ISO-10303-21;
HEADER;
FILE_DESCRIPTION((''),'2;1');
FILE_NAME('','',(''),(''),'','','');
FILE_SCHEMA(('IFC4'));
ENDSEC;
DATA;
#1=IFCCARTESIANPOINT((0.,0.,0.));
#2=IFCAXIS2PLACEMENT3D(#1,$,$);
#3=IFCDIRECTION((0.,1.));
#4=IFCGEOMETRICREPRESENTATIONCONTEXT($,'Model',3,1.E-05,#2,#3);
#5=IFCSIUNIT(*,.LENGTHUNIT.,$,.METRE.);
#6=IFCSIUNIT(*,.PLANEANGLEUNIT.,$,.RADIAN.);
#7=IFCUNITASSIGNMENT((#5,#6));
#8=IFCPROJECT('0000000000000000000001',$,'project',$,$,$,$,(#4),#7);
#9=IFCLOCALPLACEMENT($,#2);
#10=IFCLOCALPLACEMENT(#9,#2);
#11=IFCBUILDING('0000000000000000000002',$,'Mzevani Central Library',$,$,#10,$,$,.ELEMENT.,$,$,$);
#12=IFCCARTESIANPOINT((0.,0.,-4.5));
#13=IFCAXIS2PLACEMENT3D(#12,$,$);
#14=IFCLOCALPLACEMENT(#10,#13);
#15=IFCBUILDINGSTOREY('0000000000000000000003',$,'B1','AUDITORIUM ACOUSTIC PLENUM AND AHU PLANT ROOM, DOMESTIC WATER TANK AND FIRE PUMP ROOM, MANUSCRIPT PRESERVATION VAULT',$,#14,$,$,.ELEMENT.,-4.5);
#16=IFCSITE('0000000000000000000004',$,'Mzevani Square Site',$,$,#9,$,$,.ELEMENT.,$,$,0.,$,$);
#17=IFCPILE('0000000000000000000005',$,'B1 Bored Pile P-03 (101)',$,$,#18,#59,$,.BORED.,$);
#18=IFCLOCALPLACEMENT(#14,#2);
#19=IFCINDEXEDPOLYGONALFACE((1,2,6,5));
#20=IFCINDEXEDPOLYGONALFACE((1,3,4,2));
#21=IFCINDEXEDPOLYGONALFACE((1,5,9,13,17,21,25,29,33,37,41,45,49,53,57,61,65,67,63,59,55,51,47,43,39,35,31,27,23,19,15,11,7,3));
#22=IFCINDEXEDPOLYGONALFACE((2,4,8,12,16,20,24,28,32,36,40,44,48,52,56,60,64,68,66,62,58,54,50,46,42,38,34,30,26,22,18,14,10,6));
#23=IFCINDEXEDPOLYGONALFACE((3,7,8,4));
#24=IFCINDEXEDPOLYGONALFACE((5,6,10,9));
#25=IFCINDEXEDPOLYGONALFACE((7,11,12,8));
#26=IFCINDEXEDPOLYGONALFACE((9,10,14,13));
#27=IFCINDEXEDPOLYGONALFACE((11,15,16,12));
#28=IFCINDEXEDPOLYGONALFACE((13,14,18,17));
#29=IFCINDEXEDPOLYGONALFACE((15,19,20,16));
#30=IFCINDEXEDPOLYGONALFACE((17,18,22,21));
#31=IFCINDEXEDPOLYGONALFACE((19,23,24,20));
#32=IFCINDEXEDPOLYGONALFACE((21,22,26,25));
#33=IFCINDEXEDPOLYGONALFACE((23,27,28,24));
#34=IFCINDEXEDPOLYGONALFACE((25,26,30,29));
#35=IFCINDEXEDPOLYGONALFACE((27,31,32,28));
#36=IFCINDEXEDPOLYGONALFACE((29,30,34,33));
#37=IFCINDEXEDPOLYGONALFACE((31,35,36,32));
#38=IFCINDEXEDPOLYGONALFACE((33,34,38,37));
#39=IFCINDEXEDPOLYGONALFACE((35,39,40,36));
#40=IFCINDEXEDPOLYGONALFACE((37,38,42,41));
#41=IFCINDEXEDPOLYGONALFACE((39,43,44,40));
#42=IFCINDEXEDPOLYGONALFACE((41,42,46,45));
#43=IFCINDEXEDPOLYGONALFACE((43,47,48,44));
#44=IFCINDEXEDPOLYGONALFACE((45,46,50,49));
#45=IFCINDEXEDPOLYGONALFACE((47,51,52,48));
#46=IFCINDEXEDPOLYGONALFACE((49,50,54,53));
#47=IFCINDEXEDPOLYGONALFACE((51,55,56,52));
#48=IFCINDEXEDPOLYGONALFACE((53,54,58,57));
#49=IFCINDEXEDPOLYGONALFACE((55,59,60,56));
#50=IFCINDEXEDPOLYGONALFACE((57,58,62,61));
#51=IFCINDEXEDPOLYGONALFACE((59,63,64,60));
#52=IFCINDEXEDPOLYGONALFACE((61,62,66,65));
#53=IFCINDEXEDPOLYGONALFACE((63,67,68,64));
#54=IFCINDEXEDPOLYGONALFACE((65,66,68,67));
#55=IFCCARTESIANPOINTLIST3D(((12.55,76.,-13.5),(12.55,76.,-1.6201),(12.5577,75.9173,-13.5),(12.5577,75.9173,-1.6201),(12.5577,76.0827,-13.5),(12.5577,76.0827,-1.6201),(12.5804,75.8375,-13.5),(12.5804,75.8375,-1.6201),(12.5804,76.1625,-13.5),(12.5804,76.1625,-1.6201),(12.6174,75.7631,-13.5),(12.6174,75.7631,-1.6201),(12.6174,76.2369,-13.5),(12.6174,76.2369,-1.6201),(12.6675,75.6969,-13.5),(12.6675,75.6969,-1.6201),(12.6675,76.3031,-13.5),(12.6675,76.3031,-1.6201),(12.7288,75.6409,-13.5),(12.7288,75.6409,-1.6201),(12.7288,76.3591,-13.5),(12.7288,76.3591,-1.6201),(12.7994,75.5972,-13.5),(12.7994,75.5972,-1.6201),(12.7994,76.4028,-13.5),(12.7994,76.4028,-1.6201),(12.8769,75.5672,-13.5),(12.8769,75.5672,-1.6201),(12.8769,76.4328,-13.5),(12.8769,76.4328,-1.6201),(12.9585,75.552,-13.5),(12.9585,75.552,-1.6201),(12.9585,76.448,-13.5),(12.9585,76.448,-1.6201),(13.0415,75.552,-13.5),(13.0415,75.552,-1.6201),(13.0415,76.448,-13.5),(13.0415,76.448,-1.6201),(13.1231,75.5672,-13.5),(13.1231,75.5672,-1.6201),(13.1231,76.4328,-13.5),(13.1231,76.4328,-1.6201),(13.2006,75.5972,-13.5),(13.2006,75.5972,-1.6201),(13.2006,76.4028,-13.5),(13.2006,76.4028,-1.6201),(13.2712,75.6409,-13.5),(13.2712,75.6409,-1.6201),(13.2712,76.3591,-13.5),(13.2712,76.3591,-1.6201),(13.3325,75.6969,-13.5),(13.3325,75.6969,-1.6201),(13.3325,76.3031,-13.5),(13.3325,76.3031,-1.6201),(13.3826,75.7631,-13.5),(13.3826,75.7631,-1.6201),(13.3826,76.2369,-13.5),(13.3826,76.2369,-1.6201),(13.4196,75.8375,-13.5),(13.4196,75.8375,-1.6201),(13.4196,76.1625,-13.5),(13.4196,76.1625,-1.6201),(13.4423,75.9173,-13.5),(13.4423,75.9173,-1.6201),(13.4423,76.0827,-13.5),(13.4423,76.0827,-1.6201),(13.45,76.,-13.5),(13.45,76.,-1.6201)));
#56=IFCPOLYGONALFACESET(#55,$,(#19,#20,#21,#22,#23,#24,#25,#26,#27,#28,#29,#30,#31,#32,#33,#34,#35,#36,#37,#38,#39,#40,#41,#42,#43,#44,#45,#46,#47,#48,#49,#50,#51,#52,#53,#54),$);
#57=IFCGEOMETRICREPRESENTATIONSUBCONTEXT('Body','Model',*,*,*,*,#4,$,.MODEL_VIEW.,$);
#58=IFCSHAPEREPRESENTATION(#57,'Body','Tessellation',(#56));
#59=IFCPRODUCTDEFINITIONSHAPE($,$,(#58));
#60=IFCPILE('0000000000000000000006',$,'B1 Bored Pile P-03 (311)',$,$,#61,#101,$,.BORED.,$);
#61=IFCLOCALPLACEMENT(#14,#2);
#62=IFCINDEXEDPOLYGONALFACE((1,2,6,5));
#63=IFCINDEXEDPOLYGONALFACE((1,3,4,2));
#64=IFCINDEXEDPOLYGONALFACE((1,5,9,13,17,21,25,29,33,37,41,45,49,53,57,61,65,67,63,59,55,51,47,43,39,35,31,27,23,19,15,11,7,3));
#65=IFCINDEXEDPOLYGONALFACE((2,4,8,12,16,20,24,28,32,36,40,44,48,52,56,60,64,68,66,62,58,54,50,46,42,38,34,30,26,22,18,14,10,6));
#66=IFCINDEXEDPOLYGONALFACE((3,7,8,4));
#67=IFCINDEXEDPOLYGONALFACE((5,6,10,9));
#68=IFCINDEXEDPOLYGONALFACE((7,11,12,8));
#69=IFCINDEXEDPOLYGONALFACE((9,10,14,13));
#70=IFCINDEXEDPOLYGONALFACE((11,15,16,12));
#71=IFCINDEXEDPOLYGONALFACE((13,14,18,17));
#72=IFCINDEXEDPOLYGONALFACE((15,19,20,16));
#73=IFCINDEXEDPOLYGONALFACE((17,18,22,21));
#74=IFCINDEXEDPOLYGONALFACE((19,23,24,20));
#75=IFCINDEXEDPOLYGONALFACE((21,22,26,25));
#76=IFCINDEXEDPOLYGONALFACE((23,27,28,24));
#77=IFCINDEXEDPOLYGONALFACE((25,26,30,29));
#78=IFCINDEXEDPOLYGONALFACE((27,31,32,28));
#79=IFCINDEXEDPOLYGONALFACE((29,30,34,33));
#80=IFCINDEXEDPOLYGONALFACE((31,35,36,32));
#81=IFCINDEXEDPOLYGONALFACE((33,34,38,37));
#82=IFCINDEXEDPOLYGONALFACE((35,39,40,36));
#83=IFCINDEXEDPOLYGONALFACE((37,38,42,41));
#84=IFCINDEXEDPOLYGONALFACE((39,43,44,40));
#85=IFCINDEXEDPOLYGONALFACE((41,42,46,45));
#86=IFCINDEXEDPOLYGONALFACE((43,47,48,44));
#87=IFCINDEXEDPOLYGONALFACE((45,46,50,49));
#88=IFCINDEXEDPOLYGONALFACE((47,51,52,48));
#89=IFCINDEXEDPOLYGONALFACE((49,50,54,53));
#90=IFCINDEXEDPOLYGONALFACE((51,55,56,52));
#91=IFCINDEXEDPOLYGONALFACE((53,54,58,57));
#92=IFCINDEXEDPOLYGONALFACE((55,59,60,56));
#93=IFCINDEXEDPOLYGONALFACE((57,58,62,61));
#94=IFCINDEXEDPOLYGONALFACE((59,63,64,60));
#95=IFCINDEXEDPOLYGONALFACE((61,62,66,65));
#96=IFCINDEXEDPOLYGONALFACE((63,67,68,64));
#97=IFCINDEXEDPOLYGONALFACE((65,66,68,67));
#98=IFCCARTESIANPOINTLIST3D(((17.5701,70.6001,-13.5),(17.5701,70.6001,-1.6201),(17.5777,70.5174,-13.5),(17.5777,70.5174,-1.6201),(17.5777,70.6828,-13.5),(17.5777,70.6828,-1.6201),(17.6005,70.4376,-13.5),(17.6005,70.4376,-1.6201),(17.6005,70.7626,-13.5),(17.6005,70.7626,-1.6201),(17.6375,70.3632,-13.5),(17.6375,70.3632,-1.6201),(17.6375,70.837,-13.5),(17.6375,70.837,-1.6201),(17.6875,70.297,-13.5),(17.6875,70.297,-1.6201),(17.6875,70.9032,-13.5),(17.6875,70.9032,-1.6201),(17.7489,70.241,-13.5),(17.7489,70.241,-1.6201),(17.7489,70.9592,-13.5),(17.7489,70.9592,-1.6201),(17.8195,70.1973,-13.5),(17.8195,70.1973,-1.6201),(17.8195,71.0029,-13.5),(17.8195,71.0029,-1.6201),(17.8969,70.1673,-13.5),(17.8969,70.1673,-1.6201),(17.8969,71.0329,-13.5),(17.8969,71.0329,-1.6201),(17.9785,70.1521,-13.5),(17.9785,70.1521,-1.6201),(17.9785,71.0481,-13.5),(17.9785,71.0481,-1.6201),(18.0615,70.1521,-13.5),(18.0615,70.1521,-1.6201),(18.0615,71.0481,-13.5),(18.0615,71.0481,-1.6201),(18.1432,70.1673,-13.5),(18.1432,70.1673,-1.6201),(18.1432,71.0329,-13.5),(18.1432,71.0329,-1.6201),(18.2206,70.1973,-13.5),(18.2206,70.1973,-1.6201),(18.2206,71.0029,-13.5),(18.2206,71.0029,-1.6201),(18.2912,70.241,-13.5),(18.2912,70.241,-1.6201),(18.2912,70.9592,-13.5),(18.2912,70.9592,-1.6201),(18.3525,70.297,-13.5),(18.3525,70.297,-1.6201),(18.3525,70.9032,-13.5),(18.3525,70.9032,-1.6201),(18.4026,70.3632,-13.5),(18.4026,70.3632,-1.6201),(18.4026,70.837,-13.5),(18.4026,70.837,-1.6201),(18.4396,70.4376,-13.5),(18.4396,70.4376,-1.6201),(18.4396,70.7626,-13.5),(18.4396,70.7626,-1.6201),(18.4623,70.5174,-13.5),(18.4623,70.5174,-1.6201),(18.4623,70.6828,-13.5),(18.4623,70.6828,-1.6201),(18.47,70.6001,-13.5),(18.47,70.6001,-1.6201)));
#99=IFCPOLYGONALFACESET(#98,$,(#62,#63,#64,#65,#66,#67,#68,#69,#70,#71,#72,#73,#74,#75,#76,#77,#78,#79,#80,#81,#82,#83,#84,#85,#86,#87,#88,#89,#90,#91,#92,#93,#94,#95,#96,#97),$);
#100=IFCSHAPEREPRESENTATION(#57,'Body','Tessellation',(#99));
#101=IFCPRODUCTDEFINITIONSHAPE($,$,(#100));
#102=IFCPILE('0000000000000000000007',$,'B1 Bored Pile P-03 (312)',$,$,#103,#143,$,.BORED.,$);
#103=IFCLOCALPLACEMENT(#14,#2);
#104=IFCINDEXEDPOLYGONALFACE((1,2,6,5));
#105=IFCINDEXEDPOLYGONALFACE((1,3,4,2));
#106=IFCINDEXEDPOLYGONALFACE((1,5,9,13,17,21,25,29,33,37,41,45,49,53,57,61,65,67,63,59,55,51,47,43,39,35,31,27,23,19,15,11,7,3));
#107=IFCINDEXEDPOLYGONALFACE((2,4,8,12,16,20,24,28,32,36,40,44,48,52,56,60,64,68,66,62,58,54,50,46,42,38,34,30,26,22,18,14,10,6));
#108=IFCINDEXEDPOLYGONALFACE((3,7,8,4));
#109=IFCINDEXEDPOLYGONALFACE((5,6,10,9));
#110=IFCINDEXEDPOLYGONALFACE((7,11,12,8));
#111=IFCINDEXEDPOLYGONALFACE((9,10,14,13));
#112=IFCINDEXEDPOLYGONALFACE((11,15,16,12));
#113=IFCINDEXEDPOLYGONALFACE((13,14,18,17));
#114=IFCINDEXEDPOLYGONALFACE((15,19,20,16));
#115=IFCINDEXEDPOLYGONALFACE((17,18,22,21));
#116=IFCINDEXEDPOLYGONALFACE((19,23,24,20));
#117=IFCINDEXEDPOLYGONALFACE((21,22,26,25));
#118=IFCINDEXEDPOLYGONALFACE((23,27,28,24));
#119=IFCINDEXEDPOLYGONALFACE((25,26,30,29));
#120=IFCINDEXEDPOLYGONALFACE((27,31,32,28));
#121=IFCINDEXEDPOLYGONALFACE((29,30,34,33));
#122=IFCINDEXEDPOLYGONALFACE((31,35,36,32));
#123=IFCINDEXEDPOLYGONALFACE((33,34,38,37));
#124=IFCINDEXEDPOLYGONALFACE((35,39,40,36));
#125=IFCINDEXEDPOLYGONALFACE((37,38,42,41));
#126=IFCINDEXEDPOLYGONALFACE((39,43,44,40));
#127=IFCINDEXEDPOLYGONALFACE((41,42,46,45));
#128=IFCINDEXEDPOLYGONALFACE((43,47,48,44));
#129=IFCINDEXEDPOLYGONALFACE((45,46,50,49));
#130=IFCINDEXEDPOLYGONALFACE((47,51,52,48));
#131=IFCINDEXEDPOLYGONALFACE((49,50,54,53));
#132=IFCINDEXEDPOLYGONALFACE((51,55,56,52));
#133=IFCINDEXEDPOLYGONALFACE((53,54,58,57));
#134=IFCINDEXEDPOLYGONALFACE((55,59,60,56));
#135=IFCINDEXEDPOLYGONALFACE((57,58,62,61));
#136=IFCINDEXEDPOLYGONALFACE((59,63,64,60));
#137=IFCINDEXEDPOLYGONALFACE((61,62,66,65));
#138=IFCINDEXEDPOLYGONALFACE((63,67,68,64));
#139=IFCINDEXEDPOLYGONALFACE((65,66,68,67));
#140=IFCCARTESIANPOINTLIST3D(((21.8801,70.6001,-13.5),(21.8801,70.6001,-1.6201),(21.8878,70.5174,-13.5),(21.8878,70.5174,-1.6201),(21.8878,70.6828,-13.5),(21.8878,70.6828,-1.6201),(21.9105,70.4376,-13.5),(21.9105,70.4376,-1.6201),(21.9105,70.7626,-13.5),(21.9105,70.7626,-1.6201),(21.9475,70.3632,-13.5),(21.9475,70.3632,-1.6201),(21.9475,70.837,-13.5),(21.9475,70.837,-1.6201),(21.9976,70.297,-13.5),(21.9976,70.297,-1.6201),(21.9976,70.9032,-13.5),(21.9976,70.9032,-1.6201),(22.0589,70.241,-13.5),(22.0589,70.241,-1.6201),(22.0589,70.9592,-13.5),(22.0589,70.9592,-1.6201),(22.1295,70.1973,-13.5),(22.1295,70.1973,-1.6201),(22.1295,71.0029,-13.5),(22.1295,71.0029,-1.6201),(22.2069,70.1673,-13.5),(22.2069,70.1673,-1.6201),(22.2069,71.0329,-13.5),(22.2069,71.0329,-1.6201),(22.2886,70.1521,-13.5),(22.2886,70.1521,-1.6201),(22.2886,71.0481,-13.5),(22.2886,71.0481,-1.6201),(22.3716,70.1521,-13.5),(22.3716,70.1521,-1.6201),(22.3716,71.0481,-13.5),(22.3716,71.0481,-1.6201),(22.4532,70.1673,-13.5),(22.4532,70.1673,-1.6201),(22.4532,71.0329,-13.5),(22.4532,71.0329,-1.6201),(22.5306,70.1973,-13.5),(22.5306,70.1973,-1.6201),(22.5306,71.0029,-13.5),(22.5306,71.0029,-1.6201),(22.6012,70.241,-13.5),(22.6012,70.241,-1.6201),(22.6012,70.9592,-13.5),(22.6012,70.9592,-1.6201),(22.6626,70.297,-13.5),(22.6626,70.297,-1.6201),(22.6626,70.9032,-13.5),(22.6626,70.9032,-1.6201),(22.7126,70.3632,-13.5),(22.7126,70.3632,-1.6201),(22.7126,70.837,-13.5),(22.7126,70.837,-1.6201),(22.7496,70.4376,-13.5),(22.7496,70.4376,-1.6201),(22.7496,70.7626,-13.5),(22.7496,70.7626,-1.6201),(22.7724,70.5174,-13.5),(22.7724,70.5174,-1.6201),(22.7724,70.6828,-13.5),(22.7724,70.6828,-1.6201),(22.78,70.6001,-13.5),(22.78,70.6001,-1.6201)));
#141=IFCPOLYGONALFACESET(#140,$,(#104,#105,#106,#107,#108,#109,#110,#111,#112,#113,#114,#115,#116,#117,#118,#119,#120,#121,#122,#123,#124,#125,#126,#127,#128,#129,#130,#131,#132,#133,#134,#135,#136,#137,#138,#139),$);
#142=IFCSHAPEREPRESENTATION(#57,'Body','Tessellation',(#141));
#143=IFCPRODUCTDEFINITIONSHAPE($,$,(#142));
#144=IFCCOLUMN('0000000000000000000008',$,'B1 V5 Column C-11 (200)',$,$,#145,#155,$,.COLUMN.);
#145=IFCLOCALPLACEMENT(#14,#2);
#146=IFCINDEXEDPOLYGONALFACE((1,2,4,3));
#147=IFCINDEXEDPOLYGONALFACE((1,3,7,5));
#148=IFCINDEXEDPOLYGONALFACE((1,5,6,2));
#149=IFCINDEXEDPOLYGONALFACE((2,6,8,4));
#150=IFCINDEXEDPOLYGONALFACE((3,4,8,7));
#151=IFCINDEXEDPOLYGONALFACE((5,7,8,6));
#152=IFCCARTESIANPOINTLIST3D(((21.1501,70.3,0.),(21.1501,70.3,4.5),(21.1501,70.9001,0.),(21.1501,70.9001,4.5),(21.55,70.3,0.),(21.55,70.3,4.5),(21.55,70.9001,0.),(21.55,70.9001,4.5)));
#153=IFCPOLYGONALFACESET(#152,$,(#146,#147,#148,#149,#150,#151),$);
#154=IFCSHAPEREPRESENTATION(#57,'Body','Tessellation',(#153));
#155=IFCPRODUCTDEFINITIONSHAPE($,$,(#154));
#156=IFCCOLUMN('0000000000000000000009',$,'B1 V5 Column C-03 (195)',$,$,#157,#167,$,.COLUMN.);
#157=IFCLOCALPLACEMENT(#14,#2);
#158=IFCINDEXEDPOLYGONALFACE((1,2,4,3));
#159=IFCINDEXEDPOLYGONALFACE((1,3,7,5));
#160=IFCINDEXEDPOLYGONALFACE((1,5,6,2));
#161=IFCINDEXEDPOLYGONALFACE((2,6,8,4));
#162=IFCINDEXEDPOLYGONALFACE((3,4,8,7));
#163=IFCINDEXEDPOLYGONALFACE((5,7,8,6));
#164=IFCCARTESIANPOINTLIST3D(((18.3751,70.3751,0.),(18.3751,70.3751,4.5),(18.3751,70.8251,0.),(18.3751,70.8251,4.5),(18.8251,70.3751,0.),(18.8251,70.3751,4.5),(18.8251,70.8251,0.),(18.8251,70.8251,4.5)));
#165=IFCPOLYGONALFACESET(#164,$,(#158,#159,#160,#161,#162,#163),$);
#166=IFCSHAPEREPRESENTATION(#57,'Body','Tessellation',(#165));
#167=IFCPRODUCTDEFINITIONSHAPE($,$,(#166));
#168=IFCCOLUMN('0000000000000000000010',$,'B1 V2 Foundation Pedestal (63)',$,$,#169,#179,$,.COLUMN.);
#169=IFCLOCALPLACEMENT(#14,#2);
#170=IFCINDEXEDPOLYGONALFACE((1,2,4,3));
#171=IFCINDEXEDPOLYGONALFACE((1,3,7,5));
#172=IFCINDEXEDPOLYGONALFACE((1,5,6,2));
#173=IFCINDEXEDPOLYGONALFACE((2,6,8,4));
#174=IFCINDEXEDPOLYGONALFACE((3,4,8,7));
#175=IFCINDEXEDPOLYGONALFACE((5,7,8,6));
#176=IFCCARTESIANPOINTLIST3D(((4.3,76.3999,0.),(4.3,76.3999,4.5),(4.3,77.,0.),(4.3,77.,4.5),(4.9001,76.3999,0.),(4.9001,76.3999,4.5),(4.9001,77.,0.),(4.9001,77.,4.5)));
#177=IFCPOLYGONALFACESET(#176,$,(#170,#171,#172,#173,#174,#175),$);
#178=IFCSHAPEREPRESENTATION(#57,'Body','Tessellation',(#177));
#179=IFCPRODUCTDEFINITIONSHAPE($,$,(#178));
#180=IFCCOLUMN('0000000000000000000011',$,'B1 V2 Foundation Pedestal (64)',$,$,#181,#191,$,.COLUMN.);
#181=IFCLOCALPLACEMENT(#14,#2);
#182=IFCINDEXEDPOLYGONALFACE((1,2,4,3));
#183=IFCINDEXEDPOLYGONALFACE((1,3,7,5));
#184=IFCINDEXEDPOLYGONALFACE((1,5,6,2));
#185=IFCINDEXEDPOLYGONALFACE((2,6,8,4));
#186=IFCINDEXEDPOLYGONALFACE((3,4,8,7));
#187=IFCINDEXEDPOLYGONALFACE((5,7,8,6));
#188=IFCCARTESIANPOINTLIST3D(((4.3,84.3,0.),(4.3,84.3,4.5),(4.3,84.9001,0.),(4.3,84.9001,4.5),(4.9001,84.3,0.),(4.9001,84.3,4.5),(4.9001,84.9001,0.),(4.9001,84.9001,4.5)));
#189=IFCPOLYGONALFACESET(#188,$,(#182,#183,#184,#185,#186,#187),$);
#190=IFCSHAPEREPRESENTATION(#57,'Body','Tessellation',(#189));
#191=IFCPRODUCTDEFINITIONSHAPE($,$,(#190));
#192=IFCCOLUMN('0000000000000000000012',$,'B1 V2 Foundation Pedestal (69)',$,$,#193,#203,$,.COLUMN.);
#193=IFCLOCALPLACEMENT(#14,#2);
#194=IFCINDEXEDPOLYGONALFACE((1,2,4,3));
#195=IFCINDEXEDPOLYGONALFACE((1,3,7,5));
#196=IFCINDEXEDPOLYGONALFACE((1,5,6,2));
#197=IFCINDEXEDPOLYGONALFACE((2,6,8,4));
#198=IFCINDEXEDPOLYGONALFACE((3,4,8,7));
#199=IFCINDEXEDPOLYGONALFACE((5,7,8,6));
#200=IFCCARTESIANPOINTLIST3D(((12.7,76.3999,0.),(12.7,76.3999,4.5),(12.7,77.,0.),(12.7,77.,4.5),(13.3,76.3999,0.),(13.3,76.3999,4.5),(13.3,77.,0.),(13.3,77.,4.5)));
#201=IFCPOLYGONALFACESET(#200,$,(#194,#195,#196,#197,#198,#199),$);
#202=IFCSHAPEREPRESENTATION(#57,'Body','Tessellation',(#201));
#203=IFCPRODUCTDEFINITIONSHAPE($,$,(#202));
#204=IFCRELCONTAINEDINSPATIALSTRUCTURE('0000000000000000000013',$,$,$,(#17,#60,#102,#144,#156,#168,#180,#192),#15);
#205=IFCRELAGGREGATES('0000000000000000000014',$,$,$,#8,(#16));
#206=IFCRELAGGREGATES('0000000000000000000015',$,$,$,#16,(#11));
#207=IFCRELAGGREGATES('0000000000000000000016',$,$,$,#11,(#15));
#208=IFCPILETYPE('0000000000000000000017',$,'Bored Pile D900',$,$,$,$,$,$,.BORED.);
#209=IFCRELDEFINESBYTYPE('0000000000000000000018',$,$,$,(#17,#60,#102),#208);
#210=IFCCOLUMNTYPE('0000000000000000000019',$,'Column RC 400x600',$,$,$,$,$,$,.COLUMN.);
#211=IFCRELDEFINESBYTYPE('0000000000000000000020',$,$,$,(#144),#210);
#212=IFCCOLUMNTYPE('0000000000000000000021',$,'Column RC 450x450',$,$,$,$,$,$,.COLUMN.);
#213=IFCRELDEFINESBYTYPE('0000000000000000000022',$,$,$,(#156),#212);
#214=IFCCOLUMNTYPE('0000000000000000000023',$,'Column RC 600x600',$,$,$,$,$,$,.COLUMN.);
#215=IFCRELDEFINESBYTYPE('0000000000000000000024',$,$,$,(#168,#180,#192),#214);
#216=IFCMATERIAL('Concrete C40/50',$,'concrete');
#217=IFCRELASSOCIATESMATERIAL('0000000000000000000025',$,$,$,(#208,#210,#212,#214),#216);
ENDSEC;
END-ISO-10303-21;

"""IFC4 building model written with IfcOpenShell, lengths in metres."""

from ifc_helpers import new_model, si_unit, direction, frame, origin, origin_2d, place, context, subcontext, project, spatial, rectangle, circle, extrude, material, material_profile, profile_set, type_object, element, save


model = new_model("IFC4")

# Units and contexts
model_context = context("Model", 3, precision=1e-05, world=origin(), true_north=direction((0.0, 1.0)))
body_context = subcontext(model_context, "Body", "Model", "MODEL_VIEW")
ifc_project = project(units=[si_unit("LENGTHUNIT", "METRE"), si_unit("PLANEANGLEUNIT", "RADIAN")], contexts=[model_context])

# Site, building, storey
site_placement = place(None, origin())
site = spatial("IfcSite", under=ifc_project, at=site_placement, Name="Mzevani Square Site", CompositionType="ELEMENT", RefElevation=0.0)
building_placement = place(site_placement, origin())
building = spatial("IfcBuilding", under=site, at=building_placement, Name="Mzevani Central Library", CompositionType="ELEMENT")
storey_placement = place(building_placement, frame((0.0, 0.0, -4.5)))
storey = spatial("IfcBuildingStorey", under=building, at=storey_placement, Name="B1", Description="AUDITORIUM ACOUSTIC PLENUM AND AHU PLANT ROOM, DOMESTIC WATER TANK AND FIRE PUMP ROOM, MANUSCRIPT PRESERVATION VAULT", CompositionType="ELEMENT", Elevation=-4.5)

# Piles
ifc_material_1 = material(Name="Concrete C40/50", Category="concrete")
ifc_material_profile_1 = material_profile(ifc_material_1, circle(Radius=0.45, at=origin_2d()), Name="PILE D900")
ifc_profile_set_1 = profile_set([ifc_material_profile_1], Name="Concrete C40/50")
pile_type_1 = type_object("IfcPileType", Name="Bored Pile D900", PredefinedType="BORED", material=ifc_profile_set_1)
for number, where, z_axis, x_axis, name in (
    (1, (13.0, 76.0, -1.6201), (0.0, 0.0, -1.0), (1.0, 0.0, 0.0), "B1 Bored Pile P-03 (101)"),
    (2, (18.02, 70.6001, -1.6201), (0.0, 0.0, -1.0), (1.0, 0.0, 0.0), "B1 Bored Pile P-03 (311)"),
    (3, (22.3301, 70.6001, -1.6201), (0.0, 0.0, -1.0), (1.0, 0.0, 0.0), "B1 Bored Pile P-03 (312)"),
):
    element("IfcPile", number, at=place(storey_placement, frame(where, z_axis=z_axis, x_axis=x_axis)), inside=storey, type_object=pile_type_1, Name=name, PredefinedType="BORED", context=body_context, shape_type="SweptSolid", body=[
        extrude(circle(Radius=0.45, at=origin_2d()), origin(), (0.0, 0.0, 1.0), 11.8799),
    ])

# Columns
ifc_material_profile_2 = material_profile(ifc_material_1, rectangle(XDim=0.3999, YDim=0.6001, at=origin_2d()), Name="RC 400x600")
ifc_profile_set_2 = profile_set([ifc_material_profile_2], Name="Concrete C40/50")
column_type_1 = type_object("IfcColumnType", Name="Column RC 400x600", PredefinedType="COLUMN", material=ifc_profile_set_2)
column_1_placement = place(storey_placement, frame((21.3501, 70.6001, 0.0), z_axis=(0.0, 0.0, 1.0), x_axis=(1.0, 0.0, 0.0)))
element("IfcColumn", 4, at=column_1_placement, inside=storey, type_object=column_type_1, Name="B1 V5 Column C-11 (200)", PredefinedType="COLUMN", context=body_context, shape_type="SweptSolid", body=[
    extrude(rectangle(XDim=0.3999, YDim=0.6001, at=origin_2d()), origin(), (0.0, 0.0, 1.0), 4.5),
])
ifc_material_profile_3 = material_profile(ifc_material_1, rectangle(XDim=0.45, YDim=0.45, at=origin_2d()), Name="RC 450x450")
ifc_profile_set_3 = profile_set([ifc_material_profile_3], Name="Concrete C40/50")
column_type_2 = type_object("IfcColumnType", Name="Column RC 450x450", PredefinedType="COLUMN", material=ifc_profile_set_3)
column_2_placement = place(storey_placement, frame((18.6001, 70.6001, 0.0), z_axis=(0.0, 0.0, 1.0), x_axis=(1.0, 0.0, 0.0)))
element("IfcColumn", 5, at=column_2_placement, inside=storey, type_object=column_type_2, Name="B1 V5 Column C-03 (195)", PredefinedType="COLUMN", context=body_context, shape_type="SweptSolid", body=[
    extrude(rectangle(XDim=0.45, YDim=0.45, at=origin_2d()), origin(), (0.0, 0.0, 1.0), 4.5),
])
ifc_material_profile_4 = material_profile(ifc_material_1, rectangle(XDim=0.6001, YDim=0.6001, at=origin_2d()), Name="RC 600x600")
ifc_profile_set_4 = profile_set([ifc_material_profile_4], Name="Concrete C40/50")
column_type_3 = type_object("IfcColumnType", Name="Column RC 600x600", PredefinedType="COLUMN", material=ifc_profile_set_4)
for number, where, z_axis, x_axis, name in (
    (6, (4.6001, 76.7, 0.0), (0.0, 0.0, 1.0), (1.0, 0.0, 0.0), "B1 V2 Foundation Pedestal (63)"),
    (7, (4.6001, 84.6001, 0.0), (0.0, 0.0, 1.0), (1.0, 0.0, 0.0), "B1 V2 Foundation Pedestal (64)"),
    (8, (13.0, 76.7, 0.0), (0.0, 0.0, 1.0), (1.0, 0.0, 0.0), "B1 V2 Foundation Pedestal (69)"),
):
    element("IfcColumn", number, at=place(storey_placement, frame(where, z_axis=z_axis, x_axis=x_axis)), inside=storey, type_object=column_type_3, Name=name, PredefinedType="COLUMN", context=body_context, shape_type="SweptSolid", body=[
        extrude(rectangle(XDim=0.6001, YDim=0.6001, at=origin_2d()), origin(), (0.0, 0.0, 1.0), 4.5),
    ])

save(model, "model.ifc")
